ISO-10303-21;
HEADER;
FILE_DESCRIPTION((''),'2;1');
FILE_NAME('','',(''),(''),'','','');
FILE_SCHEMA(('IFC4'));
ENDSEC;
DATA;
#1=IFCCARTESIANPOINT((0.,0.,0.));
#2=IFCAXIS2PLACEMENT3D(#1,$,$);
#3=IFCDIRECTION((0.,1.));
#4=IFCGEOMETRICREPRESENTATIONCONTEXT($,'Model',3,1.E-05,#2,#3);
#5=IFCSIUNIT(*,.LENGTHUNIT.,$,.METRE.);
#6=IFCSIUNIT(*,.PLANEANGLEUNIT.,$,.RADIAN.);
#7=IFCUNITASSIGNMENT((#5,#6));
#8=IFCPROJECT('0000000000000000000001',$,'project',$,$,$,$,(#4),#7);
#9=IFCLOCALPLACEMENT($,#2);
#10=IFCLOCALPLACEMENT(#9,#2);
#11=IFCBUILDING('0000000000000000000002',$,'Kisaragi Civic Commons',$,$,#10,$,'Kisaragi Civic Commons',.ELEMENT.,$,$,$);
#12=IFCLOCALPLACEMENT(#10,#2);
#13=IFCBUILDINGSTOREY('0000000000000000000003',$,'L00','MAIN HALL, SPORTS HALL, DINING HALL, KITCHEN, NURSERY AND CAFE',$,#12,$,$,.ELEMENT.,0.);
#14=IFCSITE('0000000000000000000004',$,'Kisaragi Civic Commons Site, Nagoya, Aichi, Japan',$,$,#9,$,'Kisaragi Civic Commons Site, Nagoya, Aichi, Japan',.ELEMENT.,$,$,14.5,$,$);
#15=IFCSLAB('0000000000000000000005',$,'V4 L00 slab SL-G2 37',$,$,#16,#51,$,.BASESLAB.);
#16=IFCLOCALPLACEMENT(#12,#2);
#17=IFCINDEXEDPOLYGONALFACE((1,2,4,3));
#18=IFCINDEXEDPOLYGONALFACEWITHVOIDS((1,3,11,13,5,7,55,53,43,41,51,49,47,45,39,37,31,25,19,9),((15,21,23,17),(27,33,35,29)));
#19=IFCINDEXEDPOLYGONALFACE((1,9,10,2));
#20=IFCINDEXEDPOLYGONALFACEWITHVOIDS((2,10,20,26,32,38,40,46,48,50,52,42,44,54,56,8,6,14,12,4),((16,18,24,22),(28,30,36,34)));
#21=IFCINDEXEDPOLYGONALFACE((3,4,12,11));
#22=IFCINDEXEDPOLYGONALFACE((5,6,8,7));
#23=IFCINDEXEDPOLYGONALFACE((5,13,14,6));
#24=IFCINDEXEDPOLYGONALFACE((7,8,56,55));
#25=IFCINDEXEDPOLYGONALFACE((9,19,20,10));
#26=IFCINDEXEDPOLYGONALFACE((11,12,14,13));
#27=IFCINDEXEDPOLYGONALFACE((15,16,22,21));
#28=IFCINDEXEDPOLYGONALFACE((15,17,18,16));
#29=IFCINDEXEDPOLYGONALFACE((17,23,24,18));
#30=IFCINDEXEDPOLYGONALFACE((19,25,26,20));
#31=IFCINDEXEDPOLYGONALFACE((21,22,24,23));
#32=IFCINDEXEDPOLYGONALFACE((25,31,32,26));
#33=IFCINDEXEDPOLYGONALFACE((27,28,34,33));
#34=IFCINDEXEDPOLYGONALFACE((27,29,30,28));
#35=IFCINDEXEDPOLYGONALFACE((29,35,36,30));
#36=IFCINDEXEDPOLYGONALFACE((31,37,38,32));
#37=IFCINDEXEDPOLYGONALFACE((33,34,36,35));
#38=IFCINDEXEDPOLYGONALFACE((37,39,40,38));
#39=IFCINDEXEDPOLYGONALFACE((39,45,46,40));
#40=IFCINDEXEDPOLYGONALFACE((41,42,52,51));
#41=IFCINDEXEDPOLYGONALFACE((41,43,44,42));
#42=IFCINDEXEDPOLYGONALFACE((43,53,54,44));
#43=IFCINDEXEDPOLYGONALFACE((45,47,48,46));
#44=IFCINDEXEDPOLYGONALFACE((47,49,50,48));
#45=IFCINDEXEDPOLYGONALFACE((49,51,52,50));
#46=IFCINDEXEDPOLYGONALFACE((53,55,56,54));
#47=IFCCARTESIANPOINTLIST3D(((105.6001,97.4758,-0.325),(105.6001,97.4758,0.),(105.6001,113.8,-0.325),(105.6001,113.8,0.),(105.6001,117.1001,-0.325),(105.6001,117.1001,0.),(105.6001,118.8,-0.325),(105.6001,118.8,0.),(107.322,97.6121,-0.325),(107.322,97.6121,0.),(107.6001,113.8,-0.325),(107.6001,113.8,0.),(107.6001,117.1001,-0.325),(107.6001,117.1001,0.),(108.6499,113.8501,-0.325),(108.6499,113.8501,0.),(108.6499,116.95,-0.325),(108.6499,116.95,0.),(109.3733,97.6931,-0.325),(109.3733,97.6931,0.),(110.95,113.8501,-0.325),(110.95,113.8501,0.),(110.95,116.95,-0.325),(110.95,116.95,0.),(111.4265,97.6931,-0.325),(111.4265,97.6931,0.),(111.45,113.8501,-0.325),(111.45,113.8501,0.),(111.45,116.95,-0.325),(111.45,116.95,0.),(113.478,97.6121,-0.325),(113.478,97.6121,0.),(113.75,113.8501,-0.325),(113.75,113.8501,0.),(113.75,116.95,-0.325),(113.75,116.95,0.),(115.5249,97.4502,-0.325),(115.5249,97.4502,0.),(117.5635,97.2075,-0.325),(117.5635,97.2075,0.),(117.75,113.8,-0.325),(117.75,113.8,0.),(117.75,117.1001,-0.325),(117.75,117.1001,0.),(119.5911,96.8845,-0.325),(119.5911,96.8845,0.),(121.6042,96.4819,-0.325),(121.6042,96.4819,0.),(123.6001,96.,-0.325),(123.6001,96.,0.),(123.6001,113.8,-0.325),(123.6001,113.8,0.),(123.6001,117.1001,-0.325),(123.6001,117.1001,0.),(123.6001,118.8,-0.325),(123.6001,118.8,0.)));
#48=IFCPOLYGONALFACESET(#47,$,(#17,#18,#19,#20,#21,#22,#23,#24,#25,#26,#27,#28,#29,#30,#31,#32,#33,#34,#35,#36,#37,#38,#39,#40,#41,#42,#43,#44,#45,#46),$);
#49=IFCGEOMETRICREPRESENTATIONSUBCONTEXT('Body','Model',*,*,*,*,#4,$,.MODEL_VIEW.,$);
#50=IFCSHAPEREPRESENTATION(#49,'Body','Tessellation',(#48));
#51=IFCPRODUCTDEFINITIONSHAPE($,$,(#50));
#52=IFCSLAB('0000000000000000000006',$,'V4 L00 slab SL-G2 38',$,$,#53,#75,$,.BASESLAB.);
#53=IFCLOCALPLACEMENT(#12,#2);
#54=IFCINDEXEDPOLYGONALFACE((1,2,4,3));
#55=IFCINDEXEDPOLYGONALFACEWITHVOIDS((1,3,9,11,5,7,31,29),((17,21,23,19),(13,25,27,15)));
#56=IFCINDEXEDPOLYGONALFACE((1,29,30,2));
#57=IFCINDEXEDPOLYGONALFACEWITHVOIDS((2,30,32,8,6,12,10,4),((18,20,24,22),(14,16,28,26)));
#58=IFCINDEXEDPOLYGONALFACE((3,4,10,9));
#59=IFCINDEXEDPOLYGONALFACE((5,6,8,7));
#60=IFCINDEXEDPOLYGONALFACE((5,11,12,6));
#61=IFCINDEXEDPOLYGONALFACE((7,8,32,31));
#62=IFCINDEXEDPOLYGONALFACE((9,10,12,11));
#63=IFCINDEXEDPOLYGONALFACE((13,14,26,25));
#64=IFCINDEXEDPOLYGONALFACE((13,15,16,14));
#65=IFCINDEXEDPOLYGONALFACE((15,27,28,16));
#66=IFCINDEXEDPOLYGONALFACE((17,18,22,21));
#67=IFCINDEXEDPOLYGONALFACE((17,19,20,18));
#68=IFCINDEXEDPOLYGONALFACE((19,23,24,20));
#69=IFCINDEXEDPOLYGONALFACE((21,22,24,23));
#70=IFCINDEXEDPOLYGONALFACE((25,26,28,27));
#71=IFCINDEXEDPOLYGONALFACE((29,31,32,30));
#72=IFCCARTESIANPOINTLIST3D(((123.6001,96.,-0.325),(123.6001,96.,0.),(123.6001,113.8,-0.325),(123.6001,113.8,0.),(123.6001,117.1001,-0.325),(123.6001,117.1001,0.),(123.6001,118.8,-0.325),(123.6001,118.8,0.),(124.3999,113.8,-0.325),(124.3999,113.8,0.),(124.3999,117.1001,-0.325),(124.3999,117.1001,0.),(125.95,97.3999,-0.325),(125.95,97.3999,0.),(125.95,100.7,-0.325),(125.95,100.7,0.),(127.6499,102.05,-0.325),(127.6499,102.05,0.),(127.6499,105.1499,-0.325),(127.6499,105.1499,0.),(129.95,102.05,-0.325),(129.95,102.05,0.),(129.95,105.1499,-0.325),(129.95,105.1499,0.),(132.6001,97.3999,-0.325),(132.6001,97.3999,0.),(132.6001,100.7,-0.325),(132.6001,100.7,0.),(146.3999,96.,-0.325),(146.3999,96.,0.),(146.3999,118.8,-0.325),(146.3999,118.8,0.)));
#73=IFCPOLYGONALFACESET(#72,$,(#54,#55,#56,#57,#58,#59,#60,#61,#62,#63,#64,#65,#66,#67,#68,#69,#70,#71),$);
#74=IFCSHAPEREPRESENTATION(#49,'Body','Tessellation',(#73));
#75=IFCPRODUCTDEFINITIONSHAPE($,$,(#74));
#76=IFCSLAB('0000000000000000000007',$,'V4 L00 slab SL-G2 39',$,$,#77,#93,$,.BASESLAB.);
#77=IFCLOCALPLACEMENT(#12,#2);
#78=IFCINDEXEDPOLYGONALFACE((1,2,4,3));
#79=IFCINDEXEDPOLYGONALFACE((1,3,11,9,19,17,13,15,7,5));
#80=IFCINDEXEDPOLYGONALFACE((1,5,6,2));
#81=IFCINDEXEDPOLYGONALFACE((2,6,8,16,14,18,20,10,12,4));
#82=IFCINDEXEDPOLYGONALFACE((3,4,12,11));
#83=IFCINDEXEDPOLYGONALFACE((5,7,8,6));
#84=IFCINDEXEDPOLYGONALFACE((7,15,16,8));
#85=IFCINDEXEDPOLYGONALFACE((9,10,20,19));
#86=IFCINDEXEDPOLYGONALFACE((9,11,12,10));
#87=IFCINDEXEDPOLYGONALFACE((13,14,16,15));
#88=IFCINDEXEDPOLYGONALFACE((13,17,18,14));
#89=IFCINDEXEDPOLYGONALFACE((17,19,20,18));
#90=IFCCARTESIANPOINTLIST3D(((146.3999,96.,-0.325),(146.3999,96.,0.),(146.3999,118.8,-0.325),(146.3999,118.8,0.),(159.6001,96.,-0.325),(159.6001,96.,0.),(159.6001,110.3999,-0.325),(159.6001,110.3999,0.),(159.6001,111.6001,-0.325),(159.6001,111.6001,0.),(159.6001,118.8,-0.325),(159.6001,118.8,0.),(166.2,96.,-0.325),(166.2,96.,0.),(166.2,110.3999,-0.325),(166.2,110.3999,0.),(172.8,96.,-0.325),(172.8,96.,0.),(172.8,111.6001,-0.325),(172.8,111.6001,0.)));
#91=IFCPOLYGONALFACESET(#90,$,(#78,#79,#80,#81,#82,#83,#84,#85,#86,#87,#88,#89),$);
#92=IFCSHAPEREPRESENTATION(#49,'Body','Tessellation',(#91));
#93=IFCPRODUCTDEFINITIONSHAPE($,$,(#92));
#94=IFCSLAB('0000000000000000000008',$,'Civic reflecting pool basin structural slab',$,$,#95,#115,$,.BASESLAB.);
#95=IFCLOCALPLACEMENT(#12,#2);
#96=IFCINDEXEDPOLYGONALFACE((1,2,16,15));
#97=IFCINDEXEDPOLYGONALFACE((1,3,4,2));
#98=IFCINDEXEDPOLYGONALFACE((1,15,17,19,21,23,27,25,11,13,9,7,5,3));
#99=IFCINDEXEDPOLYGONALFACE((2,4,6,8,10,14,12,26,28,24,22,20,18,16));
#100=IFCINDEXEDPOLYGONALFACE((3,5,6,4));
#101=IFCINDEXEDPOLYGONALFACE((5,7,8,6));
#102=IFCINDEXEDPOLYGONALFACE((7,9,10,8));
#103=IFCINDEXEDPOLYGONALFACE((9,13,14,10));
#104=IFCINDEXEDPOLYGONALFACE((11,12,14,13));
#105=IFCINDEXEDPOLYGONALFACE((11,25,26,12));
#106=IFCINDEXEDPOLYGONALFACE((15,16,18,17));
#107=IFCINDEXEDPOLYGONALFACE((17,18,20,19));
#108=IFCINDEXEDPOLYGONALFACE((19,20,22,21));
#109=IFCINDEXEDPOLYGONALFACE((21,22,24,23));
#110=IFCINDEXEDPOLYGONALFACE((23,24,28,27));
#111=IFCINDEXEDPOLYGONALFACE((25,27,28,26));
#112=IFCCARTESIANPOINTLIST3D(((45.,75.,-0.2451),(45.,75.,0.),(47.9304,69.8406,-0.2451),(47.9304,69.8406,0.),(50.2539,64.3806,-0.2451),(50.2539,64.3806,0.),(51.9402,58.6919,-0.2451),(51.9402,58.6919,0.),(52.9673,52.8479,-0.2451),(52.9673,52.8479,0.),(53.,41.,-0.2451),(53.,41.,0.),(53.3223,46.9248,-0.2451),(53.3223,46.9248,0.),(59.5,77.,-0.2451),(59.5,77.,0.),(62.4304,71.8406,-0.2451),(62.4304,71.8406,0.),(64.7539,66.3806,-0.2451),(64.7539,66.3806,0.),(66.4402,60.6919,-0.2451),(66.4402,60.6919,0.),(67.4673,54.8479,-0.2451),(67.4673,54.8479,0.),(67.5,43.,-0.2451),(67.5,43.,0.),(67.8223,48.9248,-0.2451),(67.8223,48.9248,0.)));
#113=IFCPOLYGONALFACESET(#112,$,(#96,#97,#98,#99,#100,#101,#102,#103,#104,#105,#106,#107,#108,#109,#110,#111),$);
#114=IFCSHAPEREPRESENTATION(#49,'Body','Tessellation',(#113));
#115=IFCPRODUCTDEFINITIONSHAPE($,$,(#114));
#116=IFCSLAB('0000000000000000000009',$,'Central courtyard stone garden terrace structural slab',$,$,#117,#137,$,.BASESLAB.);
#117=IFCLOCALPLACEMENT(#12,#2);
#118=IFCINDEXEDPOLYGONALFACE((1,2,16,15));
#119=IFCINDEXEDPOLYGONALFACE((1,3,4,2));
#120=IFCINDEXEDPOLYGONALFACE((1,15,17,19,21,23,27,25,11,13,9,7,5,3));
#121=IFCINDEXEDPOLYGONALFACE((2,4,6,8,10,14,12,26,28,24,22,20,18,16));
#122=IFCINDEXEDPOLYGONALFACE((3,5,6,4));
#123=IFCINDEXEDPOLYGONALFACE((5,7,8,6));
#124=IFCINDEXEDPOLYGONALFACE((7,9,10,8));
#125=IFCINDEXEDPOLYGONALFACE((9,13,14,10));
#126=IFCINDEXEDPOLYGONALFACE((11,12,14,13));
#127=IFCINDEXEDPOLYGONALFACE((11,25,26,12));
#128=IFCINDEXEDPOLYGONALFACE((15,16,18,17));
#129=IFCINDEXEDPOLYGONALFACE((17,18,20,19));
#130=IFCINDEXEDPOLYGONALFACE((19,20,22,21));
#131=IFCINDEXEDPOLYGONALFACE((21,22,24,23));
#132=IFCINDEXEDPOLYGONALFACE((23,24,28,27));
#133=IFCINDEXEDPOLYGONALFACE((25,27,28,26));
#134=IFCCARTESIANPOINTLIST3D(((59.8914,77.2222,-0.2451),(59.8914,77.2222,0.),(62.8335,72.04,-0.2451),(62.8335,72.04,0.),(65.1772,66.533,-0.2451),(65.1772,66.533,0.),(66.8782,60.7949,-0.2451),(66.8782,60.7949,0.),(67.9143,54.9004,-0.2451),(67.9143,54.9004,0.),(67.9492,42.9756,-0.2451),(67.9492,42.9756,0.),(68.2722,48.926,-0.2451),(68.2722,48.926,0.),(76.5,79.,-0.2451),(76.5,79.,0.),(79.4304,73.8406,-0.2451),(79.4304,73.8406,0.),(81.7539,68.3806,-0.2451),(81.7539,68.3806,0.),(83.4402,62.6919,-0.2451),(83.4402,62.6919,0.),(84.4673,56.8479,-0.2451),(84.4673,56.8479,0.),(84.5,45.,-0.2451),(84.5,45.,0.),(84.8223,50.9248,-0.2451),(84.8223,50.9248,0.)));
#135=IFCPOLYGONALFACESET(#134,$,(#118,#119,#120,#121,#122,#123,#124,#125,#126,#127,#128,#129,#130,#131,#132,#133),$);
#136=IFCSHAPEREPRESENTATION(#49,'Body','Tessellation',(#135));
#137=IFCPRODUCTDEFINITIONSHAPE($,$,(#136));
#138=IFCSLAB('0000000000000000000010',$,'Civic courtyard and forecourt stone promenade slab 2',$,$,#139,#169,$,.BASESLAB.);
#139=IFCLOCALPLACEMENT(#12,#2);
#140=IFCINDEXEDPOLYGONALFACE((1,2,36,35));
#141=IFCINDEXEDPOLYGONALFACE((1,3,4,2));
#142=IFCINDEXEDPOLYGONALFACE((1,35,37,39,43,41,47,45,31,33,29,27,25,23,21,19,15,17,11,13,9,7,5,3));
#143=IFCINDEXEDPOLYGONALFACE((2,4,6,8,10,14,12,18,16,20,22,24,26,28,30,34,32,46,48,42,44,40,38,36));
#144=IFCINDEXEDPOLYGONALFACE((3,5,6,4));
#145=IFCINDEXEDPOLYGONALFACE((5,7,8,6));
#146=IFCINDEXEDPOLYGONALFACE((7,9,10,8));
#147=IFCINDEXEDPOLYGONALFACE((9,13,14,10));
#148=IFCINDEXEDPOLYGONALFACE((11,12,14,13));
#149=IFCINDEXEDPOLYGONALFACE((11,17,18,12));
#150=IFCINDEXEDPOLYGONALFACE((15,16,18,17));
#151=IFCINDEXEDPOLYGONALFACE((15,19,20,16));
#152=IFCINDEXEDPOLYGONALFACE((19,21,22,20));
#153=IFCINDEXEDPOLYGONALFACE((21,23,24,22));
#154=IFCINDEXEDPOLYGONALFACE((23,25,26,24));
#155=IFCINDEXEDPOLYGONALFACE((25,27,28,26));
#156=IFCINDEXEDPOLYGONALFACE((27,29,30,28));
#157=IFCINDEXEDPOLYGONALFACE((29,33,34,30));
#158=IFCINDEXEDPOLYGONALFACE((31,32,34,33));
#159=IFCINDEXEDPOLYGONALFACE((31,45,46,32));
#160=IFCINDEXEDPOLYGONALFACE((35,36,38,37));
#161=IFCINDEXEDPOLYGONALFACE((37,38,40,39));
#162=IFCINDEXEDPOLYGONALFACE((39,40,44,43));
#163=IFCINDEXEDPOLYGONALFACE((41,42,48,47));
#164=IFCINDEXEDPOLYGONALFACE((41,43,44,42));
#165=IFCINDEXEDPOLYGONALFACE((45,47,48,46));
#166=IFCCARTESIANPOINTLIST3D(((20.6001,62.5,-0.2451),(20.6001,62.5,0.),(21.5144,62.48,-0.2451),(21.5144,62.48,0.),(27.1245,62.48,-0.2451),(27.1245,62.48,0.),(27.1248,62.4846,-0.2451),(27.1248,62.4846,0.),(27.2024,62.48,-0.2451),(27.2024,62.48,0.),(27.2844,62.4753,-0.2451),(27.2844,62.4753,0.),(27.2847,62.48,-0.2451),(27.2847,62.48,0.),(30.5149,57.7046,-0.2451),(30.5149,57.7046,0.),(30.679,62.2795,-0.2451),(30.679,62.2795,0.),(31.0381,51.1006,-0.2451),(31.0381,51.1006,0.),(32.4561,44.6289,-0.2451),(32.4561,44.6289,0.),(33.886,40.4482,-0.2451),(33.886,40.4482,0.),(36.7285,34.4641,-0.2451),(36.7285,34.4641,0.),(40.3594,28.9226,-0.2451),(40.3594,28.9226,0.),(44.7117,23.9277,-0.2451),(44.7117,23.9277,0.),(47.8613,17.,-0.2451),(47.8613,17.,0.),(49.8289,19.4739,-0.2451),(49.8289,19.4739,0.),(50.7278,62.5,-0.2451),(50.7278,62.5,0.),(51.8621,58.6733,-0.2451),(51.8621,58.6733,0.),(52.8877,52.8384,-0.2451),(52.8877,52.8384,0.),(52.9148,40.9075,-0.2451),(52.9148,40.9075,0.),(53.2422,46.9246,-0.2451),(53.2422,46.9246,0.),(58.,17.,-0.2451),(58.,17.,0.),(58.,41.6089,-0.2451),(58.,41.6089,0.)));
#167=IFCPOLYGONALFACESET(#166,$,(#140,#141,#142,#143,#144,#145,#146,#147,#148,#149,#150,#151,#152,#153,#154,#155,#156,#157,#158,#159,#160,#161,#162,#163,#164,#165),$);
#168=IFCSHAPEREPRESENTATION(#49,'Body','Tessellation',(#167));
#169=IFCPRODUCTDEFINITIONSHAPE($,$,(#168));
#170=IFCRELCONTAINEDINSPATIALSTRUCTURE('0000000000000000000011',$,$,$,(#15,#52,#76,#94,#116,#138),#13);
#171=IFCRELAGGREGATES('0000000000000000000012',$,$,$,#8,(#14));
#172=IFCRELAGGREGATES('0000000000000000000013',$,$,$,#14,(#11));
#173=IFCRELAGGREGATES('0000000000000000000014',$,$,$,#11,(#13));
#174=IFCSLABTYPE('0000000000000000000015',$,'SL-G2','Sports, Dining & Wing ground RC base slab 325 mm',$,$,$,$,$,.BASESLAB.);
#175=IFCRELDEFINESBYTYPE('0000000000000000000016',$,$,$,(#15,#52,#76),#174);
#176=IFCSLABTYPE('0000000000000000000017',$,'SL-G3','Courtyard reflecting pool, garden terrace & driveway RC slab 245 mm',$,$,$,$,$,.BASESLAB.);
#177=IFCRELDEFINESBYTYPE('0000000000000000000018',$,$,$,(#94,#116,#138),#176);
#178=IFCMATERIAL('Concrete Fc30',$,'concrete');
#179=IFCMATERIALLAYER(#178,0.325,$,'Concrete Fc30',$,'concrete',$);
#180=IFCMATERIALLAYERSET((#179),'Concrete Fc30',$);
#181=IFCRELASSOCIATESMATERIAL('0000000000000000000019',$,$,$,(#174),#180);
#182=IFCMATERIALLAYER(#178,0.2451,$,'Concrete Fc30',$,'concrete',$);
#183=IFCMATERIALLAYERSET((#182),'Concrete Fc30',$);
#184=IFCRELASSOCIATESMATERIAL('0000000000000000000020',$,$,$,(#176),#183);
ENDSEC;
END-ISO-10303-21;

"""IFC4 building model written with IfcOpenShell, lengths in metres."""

from ifc_helpers import new_model, si_unit, direction, frame, origin, place, context, subcontext, project, spatial, polyline, outline, extrude, material, layer, layer_set, type_object, element, save


model = new_model("IFC4")

# Units and contexts
model_context = context("Model", 3, precision=1e-05, world=origin(), true_north=direction((0.0, 1.0)))
body_context = subcontext(model_context, "Body", "Model", "MODEL_VIEW")
ifc_project = project(units=[si_unit("LENGTHUNIT", "METRE"), si_unit("PLANEANGLEUNIT", "RADIAN")], contexts=[model_context])

# Site, building, storey
site_placement = place(None, origin())
site = spatial("IfcSite", under=ifc_project, at=site_placement, Name="Kisaragi Civic Commons Site, Nagoya, Aichi, Japan", LongName="Kisaragi Civic Commons Site, Nagoya, Aichi, Japan", CompositionType="ELEMENT", RefElevation=14.5)
building_placement = place(site_placement, origin())
building = spatial("IfcBuilding", under=site, at=building_placement, Name="Kisaragi Civic Commons", LongName="Kisaragi Civic Commons", CompositionType="ELEMENT")
storey_placement = place(building_placement, origin())
storey = spatial("IfcBuildingStorey", under=building, at=storey_placement, Name="L00", Description="MAIN HALL, SPORTS HALL, DINING HALL, KITCHEN, NURSERY AND CAFE", CompositionType="ELEMENT", Elevation=0.0)

# Slabs
ifc_material = material(Name="Concrete Fc30", Category="concrete")
ifc_layer_1 = layer(ifc_material, 0.325, Name="Concrete Fc30", Category="concrete")
ifc_layer_set_1 = layer_set([ifc_layer_1], Name="Concrete Fc30")
slab_type_1 = type_object("IfcSlabType", Name="SL-G2", Description="Sports, Dining & Wing ground RC base slab 325 mm", PredefinedType="BASESLAB", material=ifc_layer_set_1)
slab_1_placement = place(storey_placement, frame((0.0, 0.0, -0.325)))
element("IfcSlab", 1, at=slab_1_placement, inside=storey, type_object=slab_type_1, Name="V4 L00 slab SL-G2 37", PredefinedType="BASESLAB", context=body_context, shape_type="SweptSolid", body=[
    extrude(outline(polyline([(123.6001, 96.0), (123.6001, 113.8), (117.75, 113.8), (117.75, 117.1001), (123.6001, 117.1001), (123.6001, 118.8), (105.6001, 118.8), (105.6001, 117.1001), (107.6001, 117.1001), (107.6001, 113.8), (105.6001, 113.8), (105.6001, 97.4758), (107.322, 97.6121), (109.3733, 97.6931), (111.4265, 97.6931), (113.478, 97.6121), (115.5249, 97.4502), (117.5635, 97.2075), (119.5911, 96.8845), (121.6042, 96.4819), (123.6001, 96.0)]), holes=[polyline([(108.6499, 116.95), (108.6499, 113.8501), (110.95, 113.8501), (110.95, 116.95), (108.6499, 116.95)]), polyline([(111.45, 116.95), (111.45, 113.8501), (113.75, 113.8501), (113.75, 116.95), (111.45, 116.95)])]), origin(), (0.0, 0.0, 1.0), 0.325),
])
slab_2_placement = place(storey_placement, frame((0.0, 0.0, -0.325)))
element("IfcSlab", 2, at=slab_2_placement, inside=storey, type_object=slab_type_1, Name="V4 L00 slab SL-G2 38", PredefinedType="BASESLAB", context=body_context, shape_type="SweptSolid", body=[
    extrude(outline(polyline([(123.6001, 118.8), (123.6001, 117.1001), (124.3999, 117.1001), (124.3999, 113.8), (123.6001, 113.8), (123.6001, 96.0), (146.3999, 96.0), (146.3999, 118.8), (123.6001, 118.8)]), holes=[polyline([(125.95, 97.3999), (132.6001, 97.3999), (132.6001, 100.7), (125.95, 100.7), (125.95, 97.3999)]), polyline([(127.6499, 105.1499), (127.6499, 102.05), (129.95, 102.05), (129.95, 105.1499), (127.6499, 105.1499)])]), origin(), (0.0, 0.0, 1.0), 0.325),
])
slab_3_placement = place(storey_placement, frame((0.0, 0.0, -0.325)))
element("IfcSlab", 3, at=slab_3_placement, inside=storey, type_object=slab_type_1, Name="V4 L00 slab SL-G2 39", PredefinedType="BASESLAB", context=body_context, shape_type="SweptSolid", body=[
    extrude(outline(polyline([(146.3999, 118.8), (146.3999, 96.0), (159.6001, 96.0), (159.6001, 110.3999), (166.2, 110.3999), (166.2, 96.0), (172.8, 96.0), (172.8, 111.6001), (159.6001, 111.6001), (159.6001, 118.8), (146.3999, 118.8)])), origin(), (0.0, 0.0, 1.0), 0.325),
])
ifc_layer_2 = layer(ifc_material, 0.2451, Name="Concrete Fc30", Category="concrete")
ifc_layer_set_2 = layer_set([ifc_layer_2], Name="Concrete Fc30")
slab_type_2 = type_object("IfcSlabType", Name="SL-G3", Description="Courtyard reflecting pool, garden terrace & driveway RC slab 245 mm", PredefinedType="BASESLAB", material=ifc_layer_set_2)
slab_4_placement = place(storey_placement, frame((0.0, 0.0, -0.2451)))
element("IfcSlab", 4, at=slab_4_placement, inside=storey, type_object=slab_type_2, Name="Civic reflecting pool basin structural slab", PredefinedType="BASESLAB", context=body_context, shape_type="SweptSolid", body=[
    extrude(outline(polyline([(45.0, 75.0), (47.9304, 69.8406), (50.2539, 64.3806), (51.9402, 58.6919), (52.9673, 52.8479), (53.3223, 46.9248), (53.0, 41.0), (67.5, 43.0), (67.8223, 48.9248), (67.4673, 54.8479), (66.4402, 60.6919), (64.7539, 66.3806), (62.4304, 71.8406), (59.5, 77.0), (45.0, 75.0)])), origin(), (0.0, 0.0, 1.0), 0.2451),
])
slab_5_placement = place(storey_placement, frame((0.0, 0.0, -0.2451)))
element("IfcSlab", 5, at=slab_5_placement, inside=storey, type_object=slab_type_2, Name="Central courtyard stone garden terrace structural slab", PredefinedType="BASESLAB", context=body_context, shape_type="SweptSolid", body=[
    extrude(outline(polyline([(59.8914, 77.2222), (62.8335, 72.04), (65.1772, 66.533), (66.8782, 60.7949), (67.9143, 54.9004), (68.2722, 48.926), (67.9492, 42.9756), (84.5, 45.0), (84.8223, 50.9248), (84.4673, 56.8479), (83.4402, 62.6919), (81.7539, 68.3806), (79.4304, 73.8406), (76.5, 79.0), (59.8914, 77.2222)])), origin(), (0.0, 0.0, 1.0), 0.2451),
])
slab_6_placement = place(storey_placement, frame((0.0, 0.0, -0.2451)))
element("IfcSlab", 6, at=slab_6_placement, inside=storey, type_object=slab_type_2, Name="Civic courtyard and forecourt stone promenade slab 2", PredefinedType="BASESLAB", context=body_context, shape_type="SweptSolid", body=[
    extrude(outline(polyline([(47.8613, 17.0), (58.0, 17.0), (58.0, 41.6089), (52.9148, 40.9075), (53.2422, 46.9246), (52.8877, 52.8384), (51.8621, 58.6733), (50.7278, 62.5), (20.6001, 62.5), (21.5144, 62.48), (27.1245, 62.48), (27.1248, 62.4846), (27.2024, 62.48), (27.2847, 62.48), (27.2844, 62.4753), (30.679, 62.2795), (30.5149, 57.7046), (31.0381, 51.1006), (32.4561, 44.6289), (33.886, 40.4482), (36.7285, 34.4641), (40.3594, 28.9226), (44.7117, 23.9277), (49.8289, 19.4739), (47.8613, 17.0)])), origin(), (0.0, 0.0, 1.0), 0.2451),
])

save(model, "model.ifc")
